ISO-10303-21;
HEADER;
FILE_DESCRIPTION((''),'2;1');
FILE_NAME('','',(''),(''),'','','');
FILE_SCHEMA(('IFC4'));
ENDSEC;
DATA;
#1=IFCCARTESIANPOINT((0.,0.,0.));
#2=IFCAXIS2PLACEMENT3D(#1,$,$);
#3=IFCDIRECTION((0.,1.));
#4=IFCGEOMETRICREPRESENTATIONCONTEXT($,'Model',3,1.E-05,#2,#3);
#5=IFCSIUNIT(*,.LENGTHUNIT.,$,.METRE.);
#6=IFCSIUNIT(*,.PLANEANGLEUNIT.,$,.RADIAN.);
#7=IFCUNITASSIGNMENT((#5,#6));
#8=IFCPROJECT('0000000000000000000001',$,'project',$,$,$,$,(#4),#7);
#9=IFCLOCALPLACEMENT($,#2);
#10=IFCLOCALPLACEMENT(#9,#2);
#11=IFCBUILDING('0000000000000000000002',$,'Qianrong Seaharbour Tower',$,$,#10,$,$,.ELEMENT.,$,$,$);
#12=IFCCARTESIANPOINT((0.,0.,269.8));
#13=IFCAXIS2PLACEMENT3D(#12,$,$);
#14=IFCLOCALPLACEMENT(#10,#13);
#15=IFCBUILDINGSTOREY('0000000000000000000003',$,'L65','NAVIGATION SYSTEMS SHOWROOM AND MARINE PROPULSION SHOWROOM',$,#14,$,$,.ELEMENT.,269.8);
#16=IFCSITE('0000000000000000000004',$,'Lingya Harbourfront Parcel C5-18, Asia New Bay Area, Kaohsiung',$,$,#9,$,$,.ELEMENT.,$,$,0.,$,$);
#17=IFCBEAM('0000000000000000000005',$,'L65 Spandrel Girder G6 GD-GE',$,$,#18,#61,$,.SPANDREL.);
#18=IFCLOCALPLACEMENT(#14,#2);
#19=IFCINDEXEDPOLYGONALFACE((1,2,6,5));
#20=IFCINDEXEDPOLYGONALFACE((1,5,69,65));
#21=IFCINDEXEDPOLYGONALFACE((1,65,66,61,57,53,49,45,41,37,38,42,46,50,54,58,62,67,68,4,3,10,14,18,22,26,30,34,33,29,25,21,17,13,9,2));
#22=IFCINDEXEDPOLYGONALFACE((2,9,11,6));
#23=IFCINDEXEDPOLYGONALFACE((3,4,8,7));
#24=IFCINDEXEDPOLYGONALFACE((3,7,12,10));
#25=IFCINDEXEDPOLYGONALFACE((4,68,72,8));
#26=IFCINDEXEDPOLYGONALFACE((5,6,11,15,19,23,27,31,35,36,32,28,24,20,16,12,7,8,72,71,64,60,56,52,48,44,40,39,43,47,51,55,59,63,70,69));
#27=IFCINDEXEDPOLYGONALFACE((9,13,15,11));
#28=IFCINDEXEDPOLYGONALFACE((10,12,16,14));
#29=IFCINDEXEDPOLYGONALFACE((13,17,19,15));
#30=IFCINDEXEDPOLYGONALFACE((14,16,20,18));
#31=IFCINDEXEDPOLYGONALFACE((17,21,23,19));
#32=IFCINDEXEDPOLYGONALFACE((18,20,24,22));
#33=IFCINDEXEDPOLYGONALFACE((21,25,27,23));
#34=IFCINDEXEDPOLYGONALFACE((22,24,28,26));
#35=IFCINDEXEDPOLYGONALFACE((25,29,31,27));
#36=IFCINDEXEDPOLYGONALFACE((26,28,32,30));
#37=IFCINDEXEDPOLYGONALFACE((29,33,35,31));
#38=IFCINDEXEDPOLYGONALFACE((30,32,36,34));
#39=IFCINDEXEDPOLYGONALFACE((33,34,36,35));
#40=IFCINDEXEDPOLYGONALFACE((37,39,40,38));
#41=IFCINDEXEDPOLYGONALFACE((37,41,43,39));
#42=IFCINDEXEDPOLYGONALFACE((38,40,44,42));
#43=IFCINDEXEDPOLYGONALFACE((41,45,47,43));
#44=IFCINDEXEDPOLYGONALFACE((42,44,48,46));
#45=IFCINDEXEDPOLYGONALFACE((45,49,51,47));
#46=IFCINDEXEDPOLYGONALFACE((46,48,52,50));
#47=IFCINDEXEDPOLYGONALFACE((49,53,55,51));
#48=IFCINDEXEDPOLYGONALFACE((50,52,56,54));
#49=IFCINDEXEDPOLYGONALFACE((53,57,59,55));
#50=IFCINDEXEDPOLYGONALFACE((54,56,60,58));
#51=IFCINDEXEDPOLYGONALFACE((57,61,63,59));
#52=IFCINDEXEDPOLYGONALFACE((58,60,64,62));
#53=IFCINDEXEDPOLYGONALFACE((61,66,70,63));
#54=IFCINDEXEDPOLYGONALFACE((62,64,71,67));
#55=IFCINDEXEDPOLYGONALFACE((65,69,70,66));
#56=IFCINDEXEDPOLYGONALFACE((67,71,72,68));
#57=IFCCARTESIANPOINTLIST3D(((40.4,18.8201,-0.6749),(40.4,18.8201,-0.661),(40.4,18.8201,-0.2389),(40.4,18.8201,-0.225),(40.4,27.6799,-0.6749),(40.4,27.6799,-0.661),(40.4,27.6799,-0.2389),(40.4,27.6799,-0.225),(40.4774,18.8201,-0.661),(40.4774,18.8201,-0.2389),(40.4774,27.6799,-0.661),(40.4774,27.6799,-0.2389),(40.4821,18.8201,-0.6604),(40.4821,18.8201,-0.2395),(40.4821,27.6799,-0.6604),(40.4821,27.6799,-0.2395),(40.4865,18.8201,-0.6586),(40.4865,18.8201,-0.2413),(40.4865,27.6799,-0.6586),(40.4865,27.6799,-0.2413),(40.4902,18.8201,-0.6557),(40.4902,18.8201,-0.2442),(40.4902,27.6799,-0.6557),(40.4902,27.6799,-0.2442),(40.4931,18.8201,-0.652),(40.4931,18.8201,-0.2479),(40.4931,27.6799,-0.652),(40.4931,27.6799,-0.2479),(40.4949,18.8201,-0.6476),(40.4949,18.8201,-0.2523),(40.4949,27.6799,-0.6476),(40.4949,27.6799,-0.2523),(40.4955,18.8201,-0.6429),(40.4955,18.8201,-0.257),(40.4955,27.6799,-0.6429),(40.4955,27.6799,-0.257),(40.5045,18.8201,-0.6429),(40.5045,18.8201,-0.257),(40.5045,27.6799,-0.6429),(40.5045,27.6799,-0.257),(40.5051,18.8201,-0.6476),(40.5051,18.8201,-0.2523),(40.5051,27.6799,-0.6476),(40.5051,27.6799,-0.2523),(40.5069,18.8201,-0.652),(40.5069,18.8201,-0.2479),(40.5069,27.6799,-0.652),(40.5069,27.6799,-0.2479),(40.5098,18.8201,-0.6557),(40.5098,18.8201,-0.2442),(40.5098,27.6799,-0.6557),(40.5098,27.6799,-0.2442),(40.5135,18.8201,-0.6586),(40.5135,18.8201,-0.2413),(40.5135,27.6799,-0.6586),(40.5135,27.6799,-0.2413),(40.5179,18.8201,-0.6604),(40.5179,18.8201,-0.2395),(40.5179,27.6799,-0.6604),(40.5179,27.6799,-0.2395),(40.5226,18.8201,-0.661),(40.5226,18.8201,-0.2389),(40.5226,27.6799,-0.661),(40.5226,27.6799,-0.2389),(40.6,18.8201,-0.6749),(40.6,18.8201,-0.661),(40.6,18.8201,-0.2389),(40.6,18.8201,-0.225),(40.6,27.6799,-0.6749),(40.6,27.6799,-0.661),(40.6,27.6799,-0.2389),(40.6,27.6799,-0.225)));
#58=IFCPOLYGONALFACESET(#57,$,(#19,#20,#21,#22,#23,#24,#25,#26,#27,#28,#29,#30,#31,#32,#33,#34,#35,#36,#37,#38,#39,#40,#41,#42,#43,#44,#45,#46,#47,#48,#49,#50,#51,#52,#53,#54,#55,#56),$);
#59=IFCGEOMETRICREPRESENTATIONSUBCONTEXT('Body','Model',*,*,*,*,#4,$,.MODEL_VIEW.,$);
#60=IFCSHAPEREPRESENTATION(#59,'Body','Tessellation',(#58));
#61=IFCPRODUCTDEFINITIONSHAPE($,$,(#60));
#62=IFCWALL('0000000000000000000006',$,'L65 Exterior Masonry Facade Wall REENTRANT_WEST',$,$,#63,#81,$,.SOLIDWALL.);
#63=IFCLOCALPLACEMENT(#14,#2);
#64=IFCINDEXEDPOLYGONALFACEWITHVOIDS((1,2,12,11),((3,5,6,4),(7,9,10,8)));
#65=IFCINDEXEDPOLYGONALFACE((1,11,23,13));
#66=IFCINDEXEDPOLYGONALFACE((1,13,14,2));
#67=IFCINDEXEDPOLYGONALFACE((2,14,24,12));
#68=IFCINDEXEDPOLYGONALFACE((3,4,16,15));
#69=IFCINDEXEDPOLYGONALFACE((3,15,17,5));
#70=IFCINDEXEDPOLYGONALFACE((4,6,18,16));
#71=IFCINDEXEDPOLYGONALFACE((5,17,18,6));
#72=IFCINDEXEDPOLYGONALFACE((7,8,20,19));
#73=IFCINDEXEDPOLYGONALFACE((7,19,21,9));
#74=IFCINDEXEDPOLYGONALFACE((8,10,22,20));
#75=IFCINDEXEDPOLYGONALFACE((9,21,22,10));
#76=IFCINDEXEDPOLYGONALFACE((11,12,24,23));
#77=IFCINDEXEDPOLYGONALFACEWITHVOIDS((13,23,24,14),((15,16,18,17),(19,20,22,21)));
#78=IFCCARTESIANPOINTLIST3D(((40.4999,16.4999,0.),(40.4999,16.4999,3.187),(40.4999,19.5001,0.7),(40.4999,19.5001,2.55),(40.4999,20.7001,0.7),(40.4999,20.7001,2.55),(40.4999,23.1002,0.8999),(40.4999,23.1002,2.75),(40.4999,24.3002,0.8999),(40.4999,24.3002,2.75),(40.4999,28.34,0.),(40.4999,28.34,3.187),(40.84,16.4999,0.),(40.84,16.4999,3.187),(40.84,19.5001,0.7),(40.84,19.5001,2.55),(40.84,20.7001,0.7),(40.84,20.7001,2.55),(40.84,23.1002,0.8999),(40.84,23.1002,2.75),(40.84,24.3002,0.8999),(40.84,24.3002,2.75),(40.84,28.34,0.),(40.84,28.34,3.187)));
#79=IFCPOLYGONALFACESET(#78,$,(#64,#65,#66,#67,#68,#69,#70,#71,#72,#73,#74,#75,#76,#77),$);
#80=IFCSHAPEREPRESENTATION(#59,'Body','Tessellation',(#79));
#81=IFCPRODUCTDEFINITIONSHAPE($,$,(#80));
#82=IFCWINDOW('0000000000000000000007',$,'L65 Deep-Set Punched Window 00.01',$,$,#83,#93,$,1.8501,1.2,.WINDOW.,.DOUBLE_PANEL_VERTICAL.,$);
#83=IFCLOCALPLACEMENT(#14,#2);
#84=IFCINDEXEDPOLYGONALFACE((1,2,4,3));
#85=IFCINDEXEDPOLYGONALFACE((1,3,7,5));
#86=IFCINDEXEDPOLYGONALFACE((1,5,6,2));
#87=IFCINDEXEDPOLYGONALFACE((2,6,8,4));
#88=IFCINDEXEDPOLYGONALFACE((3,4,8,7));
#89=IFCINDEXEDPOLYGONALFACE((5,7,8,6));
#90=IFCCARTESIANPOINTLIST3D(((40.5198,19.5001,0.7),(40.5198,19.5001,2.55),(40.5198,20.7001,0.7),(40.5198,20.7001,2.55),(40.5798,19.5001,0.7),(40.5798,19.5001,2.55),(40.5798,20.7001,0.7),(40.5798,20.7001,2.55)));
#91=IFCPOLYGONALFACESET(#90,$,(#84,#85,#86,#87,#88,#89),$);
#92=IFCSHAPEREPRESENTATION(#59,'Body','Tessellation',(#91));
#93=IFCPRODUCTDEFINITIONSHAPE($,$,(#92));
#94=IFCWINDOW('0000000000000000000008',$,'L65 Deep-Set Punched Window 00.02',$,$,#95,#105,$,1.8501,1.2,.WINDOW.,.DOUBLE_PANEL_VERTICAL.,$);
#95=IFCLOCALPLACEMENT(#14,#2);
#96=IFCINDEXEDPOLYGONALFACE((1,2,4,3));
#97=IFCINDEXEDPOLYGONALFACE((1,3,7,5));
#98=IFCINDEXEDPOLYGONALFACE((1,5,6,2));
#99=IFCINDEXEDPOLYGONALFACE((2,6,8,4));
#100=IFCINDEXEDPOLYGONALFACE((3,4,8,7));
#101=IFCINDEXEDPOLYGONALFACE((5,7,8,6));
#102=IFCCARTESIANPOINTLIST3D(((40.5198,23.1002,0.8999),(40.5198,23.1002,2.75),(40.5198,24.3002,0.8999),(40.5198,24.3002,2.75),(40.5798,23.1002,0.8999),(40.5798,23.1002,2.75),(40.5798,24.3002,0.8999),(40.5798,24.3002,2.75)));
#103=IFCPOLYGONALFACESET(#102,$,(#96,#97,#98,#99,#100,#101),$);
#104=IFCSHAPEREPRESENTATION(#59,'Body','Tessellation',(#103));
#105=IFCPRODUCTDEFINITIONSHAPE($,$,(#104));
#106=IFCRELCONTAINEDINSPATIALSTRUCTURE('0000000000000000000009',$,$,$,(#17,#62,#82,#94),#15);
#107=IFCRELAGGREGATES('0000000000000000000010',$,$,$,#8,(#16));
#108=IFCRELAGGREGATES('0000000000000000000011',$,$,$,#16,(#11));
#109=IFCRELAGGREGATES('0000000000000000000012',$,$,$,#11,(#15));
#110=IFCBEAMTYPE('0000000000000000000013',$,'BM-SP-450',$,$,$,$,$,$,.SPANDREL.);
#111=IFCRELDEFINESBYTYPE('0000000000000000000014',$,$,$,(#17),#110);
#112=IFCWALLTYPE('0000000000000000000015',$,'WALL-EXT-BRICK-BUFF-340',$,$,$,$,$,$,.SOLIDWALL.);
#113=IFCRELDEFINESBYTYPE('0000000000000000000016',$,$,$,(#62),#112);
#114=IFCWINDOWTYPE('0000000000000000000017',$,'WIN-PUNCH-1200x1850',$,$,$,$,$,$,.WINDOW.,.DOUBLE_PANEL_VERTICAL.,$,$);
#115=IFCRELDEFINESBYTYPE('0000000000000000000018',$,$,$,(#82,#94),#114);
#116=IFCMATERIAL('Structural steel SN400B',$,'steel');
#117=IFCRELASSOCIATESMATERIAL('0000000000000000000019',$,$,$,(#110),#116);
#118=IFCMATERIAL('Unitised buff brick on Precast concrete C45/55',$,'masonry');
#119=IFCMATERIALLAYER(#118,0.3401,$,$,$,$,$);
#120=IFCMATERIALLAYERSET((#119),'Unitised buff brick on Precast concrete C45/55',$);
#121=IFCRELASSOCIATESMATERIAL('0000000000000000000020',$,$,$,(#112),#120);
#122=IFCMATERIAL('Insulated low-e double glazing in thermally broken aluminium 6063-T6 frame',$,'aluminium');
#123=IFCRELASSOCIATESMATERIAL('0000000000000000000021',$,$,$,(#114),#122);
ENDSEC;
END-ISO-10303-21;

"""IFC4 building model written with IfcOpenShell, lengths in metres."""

from ifc_helpers import new_model, si_unit, direction, frame, frame_2d, origin, origin_2d, place, context, subcontext, project, spatial, rectangle, i_section, extrude, material, layer, layer_set, material_profile, profile_set, type_object, element, fill, save


model = new_model("IFC4")

# Units and contexts
model_context = context("Model", 3, precision=1e-05, world=origin(), true_north=direction((0.0, 1.0)))
body_context = subcontext(model_context, "Body", "Model", "MODEL_VIEW")
ifc_project = project(units=[si_unit("LENGTHUNIT", "METRE"), si_unit("PLANEANGLEUNIT", "RADIAN")], contexts=[model_context])

# Site, building, storey
site_placement = place(None, origin())
site = spatial("IfcSite", under=ifc_project, at=site_placement, Name="Lingya Harbourfront Parcel C5-18, Asia New Bay Area, Kaohsiung", CompositionType="ELEMENT", RefElevation=0.0)
building_placement = place(site_placement, origin())
building = spatial("IfcBuilding", under=site, at=building_placement, Name="Qianrong Seaharbour Tower", CompositionType="ELEMENT")
storey_placement = place(building_placement, frame((0.0, 0.0, 269.8)))
storey = spatial("IfcBuildingStorey", under=building, at=storey_placement, Name="L65", Description="NAVIGATION SYSTEMS SHOWROOM AND MARINE PROPULSION SHOWROOM", CompositionType="ELEMENT", Elevation=269.8)

# Beam
ifc_material_1 = material(Name="Structural steel SN400B", Category="steel")
ifc_material_profile_1 = material_profile(ifc_material_1, i_section(OverallWidth=0.2, OverallDepth=0.45, WebThickness=0.009, FlangeThickness=0.0139, FilletRadius=0.0181, at=origin_2d()), Name="H450x200x9x14")
ifc_profile_set_1 = profile_set([ifc_material_profile_1], Name="Structural steel SN400B")
beam_type_1 = type_object("IfcBeamType", Name="BM-SP-450", PredefinedType="SPANDREL", material=ifc_profile_set_1)
beam_1_placement = place(storey_placement, frame((40.5, 18.8201, -0.45), z_axis=(0.0, 1.0, 0.0), x_axis=(-1.0, 0.0, 0.0)))
element("IfcBeam", 1, at=beam_1_placement, inside=storey, type_object=beam_type_1, Name="L65 Spandrel Girder G6 GD-GE", PredefinedType="SPANDREL", context=body_context, shape_type="SweptSolid", body=[
    extrude(i_section(OverallWidth=0.2, OverallDepth=0.45, WebThickness=0.009, FlangeThickness=0.0139, FilletRadius=0.0181, at=origin_2d()), origin(), (0.0, 0.0, 1.0), 8.8599),
])

# Wall, openings, windows
ifc_material_2 = material(Name="Unitised buff brick on Precast concrete C45/55", Category="masonry")
ifc_layer_1 = layer(ifc_material_2, 0.3401)
ifc_layer_set_1 = layer_set([ifc_layer_1], Name="Unitised buff brick on Precast concrete C45/55")
wall_type_1 = type_object("IfcWallType", Name="WALL-EXT-BRICK-BUFF-340", PredefinedType="SOLIDWALL", material=ifc_layer_set_1)
wall_1_placement = place(storey_placement, frame((40.6699, 16.5, 0.0), z_axis=(0.0, 0.0, 1.0), x_axis=(0.0, 1.0, 0.0)))
wall_1 = element("IfcWall", 2, at=wall_1_placement, inside=storey, type_object=wall_type_1, Name="L65 Exterior Masonry Facade Wall REENTRANT_WEST", PredefinedType="SOLIDWALL", context=body_context, shape_type="SweptSolid", body=[
    extrude(rectangle(XDim=11.8401, YDim=0.3401, at=frame_2d((5.9199, 0.0))), origin(), (0.0, 0.0, 1.0), 3.187),
])
opening_1_placement = place(wall_1_placement, frame((3.0, 0.0, 0.7)))
opening_1 = element("IfcOpeningElement", 3, at=opening_1_placement, cuts=wall_1, PredefinedType="OPENING", context=body_context, shape_type="SweptSolid", body=[
    extrude(rectangle(XDim=1.2, YDim=1.8501, at=frame_2d((0.6001, 0.925))), frame((0.0, 0.1802, 0.0), z_axis=(0.0, -1.0, 0.0), x_axis=(1.0, 0.0, 0.0)), (0.0, 0.0, 1.0), 0.3601),
])
opening_2_placement = place(wall_1_placement, frame((6.6001, 0.0, 0.8999)))
opening_2 = element("IfcOpeningElement", 4, at=opening_2_placement, cuts=wall_1, PredefinedType="OPENING", context=body_context, shape_type="SweptSolid", body=[
    extrude(rectangle(XDim=1.2, YDim=1.8501, at=frame_2d((0.6001, 0.925))), frame((0.0, 0.1802, 0.0), z_axis=(0.0, -1.0, 0.0), x_axis=(1.0, 0.0, 0.0)), (0.0, 0.0, 1.0), 0.3601),
])
ifc_material_3 = material(Name="Insulated low-e double glazing in thermally broken aluminium 6063-T6 frame", Category="aluminium")
window_type_1 = type_object("IfcWindowType", Name="WIN-PUNCH-1200x1850", PartitioningType="DOUBLE_PANEL_VERTICAL", PredefinedType="WINDOW", material=ifc_material_3)
window_1_placement = place(opening_1_placement, origin())
window_1 = element("IfcWindow", 5, at=window_1_placement, inside=storey, type_object=window_type_1, Name="L65 Deep-Set Punched Window 00.01", OverallHeight=1.8501, OverallWidth=1.2, PartitioningType="DOUBLE_PANEL_VERTICAL", PredefinedType="WINDOW", context=body_context, shape_type="SweptSolid", body=[
    extrude(rectangle(XDim=1.2, YDim=1.8501, at=frame_2d((0.6001, 0.925))), frame((0.0, 0.1501, 0.0), z_axis=(0.0, -1.0, 0.0), x_axis=(1.0, 0.0, 0.0)), (0.0, 0.0, 1.0), 0.0601),
])
fill(opening_1, window_1)
window_2_placement = place(opening_2_placement, origin())
window_2 = element("IfcWindow", 6, at=window_2_placement, inside=storey, type_object=window_type_1, Name="L65 Deep-Set Punched Window 00.02", OverallHeight=1.8501, OverallWidth=1.2, PartitioningType="DOUBLE_PANEL_VERTICAL", PredefinedType="WINDOW", context=body_context, shape_type="SweptSolid", body=[
    extrude(rectangle(XDim=1.2, YDim=1.8501, at=frame_2d((0.6001, 0.925))), frame((0.0, 0.1501, 0.0), z_axis=(0.0, -1.0, 0.0), x_axis=(1.0, 0.0, 0.0)), (0.0, 0.0, 1.0), 0.0601),
])
fill(opening_2, window_2)

save(model, "model.ifc")
